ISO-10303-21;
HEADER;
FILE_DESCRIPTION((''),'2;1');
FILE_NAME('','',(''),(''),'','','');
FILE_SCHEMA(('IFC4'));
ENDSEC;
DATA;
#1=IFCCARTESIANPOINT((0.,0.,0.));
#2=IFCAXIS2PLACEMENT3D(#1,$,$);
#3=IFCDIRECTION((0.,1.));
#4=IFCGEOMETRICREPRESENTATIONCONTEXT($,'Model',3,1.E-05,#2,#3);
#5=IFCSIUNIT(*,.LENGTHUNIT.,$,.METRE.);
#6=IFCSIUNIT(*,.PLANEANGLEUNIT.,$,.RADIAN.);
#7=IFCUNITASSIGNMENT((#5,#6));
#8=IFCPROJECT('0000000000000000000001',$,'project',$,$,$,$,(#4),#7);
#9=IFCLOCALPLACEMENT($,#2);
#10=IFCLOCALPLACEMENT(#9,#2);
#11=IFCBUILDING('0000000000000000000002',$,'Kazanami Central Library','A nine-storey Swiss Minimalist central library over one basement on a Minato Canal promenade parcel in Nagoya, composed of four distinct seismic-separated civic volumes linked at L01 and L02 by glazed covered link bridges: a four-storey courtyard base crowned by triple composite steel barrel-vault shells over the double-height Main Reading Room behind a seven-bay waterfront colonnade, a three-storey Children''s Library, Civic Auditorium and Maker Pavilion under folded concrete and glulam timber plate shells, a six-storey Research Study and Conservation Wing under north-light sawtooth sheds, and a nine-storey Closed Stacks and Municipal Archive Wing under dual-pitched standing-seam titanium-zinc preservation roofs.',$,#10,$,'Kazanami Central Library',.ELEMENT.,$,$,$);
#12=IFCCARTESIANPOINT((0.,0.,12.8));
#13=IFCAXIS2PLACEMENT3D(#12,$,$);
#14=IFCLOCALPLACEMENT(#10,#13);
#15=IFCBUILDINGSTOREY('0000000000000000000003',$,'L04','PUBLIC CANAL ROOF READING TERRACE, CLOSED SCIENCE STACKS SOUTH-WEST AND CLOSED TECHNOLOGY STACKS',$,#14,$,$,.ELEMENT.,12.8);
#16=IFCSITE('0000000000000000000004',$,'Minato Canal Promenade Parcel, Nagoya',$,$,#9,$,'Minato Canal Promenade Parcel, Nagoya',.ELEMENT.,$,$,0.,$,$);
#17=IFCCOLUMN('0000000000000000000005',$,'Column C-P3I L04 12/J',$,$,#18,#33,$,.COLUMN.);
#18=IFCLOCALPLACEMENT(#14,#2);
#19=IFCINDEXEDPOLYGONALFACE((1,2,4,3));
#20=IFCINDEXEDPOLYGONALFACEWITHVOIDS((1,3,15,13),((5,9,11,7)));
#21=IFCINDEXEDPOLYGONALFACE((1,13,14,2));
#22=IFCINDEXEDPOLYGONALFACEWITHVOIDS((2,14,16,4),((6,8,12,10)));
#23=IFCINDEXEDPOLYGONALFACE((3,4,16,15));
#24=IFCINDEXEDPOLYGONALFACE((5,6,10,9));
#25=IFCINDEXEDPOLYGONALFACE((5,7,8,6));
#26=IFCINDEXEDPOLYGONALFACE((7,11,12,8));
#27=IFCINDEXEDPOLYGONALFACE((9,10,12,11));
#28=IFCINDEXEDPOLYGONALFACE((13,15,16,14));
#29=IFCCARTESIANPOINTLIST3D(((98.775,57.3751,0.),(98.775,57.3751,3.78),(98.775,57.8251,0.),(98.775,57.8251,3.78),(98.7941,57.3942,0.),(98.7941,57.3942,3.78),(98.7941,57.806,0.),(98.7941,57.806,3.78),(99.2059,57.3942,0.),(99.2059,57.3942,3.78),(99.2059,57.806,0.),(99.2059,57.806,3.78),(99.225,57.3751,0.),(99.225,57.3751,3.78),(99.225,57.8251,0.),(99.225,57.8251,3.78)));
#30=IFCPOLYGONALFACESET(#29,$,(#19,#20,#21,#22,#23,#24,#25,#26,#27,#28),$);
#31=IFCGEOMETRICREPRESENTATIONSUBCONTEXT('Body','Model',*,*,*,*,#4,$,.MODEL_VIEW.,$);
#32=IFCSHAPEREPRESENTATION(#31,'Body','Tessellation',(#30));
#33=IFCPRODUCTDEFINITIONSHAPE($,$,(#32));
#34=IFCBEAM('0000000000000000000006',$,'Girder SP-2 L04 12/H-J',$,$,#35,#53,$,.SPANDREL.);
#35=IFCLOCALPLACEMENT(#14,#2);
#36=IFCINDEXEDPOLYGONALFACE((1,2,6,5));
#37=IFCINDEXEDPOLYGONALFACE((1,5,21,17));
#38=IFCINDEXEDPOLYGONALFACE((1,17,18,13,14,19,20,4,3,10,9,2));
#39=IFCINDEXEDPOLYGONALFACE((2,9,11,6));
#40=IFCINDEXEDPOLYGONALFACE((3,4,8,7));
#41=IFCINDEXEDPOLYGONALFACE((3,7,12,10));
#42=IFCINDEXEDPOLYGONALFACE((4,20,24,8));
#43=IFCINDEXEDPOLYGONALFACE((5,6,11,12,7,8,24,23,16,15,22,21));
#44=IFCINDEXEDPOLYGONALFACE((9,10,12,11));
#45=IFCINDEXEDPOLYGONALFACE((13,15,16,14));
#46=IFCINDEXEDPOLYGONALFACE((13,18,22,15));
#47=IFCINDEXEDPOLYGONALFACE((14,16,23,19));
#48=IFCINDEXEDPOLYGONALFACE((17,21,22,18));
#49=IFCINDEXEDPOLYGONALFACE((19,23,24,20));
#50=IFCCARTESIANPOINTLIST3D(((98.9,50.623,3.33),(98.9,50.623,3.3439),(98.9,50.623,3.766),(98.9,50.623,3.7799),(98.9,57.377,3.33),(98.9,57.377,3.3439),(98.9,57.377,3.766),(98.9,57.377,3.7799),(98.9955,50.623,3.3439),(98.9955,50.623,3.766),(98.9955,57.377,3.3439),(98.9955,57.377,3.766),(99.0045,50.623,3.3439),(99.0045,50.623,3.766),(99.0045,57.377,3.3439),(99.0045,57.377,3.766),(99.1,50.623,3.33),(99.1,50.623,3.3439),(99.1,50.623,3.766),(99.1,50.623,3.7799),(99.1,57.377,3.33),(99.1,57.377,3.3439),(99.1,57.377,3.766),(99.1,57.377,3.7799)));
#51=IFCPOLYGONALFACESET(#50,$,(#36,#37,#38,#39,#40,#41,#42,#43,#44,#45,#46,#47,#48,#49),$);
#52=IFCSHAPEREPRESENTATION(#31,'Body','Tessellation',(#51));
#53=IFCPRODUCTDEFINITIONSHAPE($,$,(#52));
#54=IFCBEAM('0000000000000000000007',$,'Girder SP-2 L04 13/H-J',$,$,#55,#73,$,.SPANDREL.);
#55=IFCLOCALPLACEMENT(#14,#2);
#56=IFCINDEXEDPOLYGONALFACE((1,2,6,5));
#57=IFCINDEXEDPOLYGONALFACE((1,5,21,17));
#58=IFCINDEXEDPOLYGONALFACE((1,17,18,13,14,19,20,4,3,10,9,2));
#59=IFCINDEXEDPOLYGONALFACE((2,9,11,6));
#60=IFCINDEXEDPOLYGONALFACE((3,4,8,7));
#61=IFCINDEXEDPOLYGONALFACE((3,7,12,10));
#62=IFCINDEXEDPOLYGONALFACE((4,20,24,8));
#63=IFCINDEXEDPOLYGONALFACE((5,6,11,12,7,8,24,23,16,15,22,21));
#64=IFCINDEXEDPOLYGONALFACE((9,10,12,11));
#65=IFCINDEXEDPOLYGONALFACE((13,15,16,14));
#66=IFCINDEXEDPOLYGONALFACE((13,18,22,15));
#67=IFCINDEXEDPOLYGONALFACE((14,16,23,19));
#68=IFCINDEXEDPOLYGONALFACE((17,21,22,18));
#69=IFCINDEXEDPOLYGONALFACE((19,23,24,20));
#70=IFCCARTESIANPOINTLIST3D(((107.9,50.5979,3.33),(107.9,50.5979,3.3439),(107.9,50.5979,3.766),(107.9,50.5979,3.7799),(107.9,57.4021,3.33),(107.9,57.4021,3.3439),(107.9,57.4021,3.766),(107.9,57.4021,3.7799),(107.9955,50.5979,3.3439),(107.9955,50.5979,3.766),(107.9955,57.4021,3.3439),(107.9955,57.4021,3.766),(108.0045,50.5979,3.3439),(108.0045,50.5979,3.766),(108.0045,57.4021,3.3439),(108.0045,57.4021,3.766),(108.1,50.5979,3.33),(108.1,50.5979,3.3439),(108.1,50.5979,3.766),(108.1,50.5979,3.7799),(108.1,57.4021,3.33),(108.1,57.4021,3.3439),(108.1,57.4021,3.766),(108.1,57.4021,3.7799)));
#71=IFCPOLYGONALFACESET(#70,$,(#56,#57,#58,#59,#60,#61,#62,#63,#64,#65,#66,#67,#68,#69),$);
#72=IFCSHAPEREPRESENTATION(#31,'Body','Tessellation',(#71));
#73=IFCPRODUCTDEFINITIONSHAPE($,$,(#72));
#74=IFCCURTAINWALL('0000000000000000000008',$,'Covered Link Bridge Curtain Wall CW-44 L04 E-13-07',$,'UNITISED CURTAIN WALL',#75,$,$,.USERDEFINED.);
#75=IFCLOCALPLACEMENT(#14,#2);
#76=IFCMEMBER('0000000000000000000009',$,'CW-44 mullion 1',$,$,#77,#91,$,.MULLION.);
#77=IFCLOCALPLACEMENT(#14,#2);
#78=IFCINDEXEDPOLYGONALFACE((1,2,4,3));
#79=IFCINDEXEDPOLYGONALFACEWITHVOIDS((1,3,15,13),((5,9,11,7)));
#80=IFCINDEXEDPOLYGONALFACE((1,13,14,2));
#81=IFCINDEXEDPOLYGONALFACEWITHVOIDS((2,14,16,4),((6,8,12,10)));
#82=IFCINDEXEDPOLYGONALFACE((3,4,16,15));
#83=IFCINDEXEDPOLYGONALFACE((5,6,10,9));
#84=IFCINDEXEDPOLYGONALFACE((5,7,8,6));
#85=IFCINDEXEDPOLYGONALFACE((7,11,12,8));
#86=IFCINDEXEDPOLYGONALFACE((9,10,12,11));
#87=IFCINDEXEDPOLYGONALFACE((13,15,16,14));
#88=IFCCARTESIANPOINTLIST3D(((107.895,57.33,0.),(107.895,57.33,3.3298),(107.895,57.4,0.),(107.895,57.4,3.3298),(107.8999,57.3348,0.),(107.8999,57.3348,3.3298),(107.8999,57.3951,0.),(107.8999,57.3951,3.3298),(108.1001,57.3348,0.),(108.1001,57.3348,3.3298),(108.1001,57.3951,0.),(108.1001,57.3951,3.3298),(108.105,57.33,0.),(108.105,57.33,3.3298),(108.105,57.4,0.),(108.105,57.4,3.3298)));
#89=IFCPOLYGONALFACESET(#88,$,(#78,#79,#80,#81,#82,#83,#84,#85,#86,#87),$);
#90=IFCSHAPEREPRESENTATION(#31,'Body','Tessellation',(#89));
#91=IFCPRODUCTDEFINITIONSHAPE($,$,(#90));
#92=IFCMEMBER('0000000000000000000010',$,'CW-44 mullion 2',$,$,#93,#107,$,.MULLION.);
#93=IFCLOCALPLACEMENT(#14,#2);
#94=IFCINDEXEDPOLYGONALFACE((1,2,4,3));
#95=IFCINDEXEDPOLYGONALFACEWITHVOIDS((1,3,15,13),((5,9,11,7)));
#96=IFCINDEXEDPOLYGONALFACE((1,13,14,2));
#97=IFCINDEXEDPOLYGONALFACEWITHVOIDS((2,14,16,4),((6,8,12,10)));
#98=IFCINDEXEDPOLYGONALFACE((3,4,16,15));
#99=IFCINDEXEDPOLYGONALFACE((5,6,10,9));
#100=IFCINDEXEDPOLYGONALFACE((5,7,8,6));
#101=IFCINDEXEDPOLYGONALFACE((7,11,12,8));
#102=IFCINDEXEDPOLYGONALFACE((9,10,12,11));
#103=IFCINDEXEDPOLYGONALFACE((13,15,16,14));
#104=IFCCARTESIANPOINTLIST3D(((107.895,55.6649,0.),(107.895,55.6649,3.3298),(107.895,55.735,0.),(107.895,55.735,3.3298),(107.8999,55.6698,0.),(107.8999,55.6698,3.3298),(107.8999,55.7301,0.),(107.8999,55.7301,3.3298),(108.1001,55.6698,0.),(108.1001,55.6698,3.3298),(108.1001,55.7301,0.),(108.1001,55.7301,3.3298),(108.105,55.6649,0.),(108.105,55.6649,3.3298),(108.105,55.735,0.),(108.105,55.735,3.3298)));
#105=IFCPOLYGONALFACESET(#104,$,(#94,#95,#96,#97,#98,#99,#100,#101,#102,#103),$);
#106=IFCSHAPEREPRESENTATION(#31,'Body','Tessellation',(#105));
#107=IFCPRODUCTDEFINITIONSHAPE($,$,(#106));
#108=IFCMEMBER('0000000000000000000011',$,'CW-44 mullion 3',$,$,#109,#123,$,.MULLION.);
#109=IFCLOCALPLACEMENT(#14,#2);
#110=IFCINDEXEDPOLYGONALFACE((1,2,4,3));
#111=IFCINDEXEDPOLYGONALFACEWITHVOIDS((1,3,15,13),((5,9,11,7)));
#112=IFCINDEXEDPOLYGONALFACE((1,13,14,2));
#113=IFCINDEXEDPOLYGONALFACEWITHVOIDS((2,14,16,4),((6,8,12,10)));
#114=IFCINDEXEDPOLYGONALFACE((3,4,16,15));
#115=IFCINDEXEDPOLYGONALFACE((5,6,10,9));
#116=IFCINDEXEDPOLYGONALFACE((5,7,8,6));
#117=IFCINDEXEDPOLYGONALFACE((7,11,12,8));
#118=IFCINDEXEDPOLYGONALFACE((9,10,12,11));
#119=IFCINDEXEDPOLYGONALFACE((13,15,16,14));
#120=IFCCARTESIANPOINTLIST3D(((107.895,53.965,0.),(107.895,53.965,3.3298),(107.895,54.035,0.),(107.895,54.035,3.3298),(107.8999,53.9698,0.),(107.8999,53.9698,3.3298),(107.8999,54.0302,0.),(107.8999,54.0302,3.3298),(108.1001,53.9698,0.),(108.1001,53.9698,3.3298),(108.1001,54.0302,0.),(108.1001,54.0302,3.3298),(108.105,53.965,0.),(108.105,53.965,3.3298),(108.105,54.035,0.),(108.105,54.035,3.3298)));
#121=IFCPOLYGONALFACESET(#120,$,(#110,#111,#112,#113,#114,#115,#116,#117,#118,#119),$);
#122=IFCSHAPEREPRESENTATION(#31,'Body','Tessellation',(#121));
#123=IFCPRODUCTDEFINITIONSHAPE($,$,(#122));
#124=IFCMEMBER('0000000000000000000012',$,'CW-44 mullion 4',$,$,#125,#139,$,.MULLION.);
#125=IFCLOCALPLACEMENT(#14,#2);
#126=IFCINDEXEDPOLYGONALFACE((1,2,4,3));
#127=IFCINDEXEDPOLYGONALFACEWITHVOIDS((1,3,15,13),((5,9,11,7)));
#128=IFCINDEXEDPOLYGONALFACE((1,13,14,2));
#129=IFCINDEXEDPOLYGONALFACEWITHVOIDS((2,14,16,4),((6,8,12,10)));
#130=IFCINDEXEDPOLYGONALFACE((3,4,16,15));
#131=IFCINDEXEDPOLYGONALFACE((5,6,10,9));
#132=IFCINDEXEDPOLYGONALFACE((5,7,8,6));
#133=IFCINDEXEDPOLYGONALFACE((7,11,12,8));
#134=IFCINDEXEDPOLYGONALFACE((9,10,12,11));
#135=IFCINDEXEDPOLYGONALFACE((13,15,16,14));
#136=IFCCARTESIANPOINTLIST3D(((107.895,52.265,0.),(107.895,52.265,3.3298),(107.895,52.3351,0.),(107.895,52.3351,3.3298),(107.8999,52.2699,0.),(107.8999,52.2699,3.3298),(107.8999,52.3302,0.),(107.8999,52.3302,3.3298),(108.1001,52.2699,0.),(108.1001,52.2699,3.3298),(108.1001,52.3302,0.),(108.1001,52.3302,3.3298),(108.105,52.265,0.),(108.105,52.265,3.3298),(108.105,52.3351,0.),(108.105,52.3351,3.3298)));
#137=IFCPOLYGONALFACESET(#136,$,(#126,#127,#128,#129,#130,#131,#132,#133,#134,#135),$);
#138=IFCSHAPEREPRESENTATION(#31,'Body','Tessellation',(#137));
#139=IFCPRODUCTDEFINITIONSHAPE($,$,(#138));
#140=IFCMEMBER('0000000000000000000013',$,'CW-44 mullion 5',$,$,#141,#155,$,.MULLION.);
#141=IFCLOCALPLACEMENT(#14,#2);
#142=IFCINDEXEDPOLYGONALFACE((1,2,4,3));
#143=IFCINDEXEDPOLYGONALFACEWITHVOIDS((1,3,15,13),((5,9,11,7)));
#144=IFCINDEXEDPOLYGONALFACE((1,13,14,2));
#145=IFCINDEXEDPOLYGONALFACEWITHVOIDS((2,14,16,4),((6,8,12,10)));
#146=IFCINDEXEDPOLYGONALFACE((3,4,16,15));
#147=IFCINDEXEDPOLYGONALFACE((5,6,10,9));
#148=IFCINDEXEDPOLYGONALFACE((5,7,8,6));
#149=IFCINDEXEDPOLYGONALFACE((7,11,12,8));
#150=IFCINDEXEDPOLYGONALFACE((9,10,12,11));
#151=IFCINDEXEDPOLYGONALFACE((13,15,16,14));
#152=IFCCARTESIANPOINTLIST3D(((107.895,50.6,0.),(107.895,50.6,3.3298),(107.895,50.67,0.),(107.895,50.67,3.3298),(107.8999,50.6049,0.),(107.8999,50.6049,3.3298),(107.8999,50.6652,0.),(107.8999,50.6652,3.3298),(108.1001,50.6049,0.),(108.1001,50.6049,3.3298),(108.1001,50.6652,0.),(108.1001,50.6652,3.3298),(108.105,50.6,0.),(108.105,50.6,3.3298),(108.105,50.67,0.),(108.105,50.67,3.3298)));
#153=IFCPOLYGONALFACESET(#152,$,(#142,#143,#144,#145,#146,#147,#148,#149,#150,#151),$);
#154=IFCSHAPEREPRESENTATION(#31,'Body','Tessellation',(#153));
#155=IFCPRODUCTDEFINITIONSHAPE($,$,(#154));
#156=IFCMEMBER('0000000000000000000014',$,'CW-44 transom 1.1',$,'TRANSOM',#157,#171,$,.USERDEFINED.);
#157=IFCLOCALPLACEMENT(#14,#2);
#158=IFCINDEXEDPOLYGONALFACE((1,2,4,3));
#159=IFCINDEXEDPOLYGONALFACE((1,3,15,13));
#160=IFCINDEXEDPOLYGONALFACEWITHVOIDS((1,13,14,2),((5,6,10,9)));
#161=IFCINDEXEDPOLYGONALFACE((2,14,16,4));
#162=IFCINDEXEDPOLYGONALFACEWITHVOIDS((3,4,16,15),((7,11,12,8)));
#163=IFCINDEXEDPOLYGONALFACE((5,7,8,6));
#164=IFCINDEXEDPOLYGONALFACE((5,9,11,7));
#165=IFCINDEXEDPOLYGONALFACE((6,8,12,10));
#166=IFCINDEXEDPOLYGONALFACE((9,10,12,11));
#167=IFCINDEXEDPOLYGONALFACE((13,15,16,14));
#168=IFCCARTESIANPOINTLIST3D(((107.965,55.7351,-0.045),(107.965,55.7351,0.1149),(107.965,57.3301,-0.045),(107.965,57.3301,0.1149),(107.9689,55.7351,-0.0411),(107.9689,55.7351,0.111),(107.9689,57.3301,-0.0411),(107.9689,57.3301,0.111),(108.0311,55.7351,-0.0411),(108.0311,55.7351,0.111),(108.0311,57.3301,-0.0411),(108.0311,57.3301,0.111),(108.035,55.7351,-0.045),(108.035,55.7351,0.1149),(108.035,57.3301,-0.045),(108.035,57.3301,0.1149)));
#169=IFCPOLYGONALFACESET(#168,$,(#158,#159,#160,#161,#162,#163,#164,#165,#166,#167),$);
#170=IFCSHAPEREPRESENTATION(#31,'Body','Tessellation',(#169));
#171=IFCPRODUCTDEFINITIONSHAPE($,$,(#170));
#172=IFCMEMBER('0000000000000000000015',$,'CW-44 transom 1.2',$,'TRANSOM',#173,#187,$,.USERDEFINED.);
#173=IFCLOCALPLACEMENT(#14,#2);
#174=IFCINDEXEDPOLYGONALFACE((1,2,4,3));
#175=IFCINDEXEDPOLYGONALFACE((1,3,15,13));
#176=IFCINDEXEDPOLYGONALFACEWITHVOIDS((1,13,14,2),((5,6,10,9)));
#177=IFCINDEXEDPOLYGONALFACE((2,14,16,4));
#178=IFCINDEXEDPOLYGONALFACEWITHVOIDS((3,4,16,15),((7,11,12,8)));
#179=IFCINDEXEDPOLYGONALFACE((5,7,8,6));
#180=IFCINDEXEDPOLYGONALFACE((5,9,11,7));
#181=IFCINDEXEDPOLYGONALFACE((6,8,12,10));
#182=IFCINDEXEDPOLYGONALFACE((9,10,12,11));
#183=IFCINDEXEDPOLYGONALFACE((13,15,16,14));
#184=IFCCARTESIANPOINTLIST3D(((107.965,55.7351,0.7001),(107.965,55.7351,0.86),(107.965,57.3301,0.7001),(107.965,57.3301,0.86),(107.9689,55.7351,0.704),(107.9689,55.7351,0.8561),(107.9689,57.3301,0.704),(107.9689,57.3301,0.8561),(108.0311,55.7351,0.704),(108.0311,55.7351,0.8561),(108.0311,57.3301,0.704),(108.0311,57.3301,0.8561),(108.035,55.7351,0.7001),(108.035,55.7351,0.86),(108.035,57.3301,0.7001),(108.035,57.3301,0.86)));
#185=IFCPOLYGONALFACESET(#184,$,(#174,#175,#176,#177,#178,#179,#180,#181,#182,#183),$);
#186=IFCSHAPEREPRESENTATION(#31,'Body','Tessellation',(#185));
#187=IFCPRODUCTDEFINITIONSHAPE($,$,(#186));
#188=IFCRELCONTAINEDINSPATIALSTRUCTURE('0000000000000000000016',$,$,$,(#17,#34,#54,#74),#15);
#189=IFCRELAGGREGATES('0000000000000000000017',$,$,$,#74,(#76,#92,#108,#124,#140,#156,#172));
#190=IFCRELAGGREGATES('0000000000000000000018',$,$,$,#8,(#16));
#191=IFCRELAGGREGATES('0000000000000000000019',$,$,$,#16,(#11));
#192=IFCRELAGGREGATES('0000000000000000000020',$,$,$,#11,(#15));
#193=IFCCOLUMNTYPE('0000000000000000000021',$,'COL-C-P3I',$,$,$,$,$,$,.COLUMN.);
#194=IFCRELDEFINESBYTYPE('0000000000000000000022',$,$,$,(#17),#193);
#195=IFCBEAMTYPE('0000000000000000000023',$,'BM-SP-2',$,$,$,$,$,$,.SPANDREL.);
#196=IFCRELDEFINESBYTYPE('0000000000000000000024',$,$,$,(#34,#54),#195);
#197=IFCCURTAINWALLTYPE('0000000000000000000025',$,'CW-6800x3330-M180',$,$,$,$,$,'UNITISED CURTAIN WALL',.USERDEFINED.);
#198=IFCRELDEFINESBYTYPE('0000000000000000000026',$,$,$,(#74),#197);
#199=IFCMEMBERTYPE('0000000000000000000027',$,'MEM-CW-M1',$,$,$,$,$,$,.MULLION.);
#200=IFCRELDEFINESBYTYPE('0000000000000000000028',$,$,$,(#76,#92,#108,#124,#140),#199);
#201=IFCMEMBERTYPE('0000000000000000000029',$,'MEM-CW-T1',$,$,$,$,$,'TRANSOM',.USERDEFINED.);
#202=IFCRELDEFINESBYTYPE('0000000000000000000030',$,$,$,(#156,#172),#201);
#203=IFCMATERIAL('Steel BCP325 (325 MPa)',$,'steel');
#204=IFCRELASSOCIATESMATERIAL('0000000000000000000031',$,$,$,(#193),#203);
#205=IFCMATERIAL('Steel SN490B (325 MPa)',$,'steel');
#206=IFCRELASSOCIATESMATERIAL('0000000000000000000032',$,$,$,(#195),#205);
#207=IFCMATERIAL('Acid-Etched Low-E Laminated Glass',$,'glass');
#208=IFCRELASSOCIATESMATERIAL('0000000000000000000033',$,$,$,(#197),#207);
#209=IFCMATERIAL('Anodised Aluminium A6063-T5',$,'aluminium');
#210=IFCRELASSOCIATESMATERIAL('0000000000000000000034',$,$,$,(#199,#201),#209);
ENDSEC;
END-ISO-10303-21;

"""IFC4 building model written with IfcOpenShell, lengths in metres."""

from ifc_helpers import new_model, si_unit, direction, frame, origin, origin_2d, place, context, subcontext, project, spatial, hollow_rectangle, i_section, extrude, material, material_profile, profile_set, type_object, element, aggregate, save


model = new_model("IFC4")

# Units and contexts
model_context = context("Model", 3, precision=1e-05, world=origin(), true_north=direction((0.0, 1.0)))
body_context = subcontext(model_context, "Body", "Model", "MODEL_VIEW")
ifc_project = project(units=[si_unit("LENGTHUNIT", "METRE"), si_unit("PLANEANGLEUNIT", "RADIAN")], contexts=[model_context])

# Site, building, storey
site_placement = place(None, origin())
site = spatial("IfcSite", under=ifc_project, at=site_placement, Name="Minato Canal Promenade Parcel, Nagoya", LongName="Minato Canal Promenade Parcel, Nagoya", CompositionType="ELEMENT", RefElevation=0.0)
building_placement = place(site_placement, origin())
building = spatial("IfcBuilding", under=site, at=building_placement, Name="Kazanami Central Library", Description="A nine-storey Swiss Minimalist central library over one basement on a Minato Canal promenade parcel in Nagoya, composed of four distinct seismic-separated civic volumes linked at L01 and L02 by glazed covered link bridges: a four-storey courtyard base crowned by triple composite steel barrel-vault shells over the double-height Main Reading Room behind a seven-bay waterfront colonnade, a three-storey Children's Library, Civic Auditorium and Maker Pavilion under folded concrete and glulam timber plate shells, a six-storey Research Study and Conservation Wing under north-light sawtooth sheds, and a nine-storey Closed Stacks and Municipal Archive Wing under dual-pitched standing-seam titanium-zinc preservation roofs.", LongName="Kazanami Central Library", CompositionType="ELEMENT")
storey_placement = place(building_placement, frame((0.0, 0.0, 12.8)))
storey = spatial("IfcBuildingStorey", under=building, at=storey_placement, Name="L04", Description="PUBLIC CANAL ROOF READING TERRACE, CLOSED SCIENCE STACKS SOUTH-WEST AND CLOSED TECHNOLOGY STACKS", CompositionType="ELEMENT", Elevation=12.8)

# Column
ifc_material_1 = material(Name="Steel BCP325 (325 MPa)", Category="steel")
ifc_material_profile_1 = material_profile(ifc_material_1, hollow_rectangle(XDim=0.45, YDim=0.45, WallThickness=0.019, at=origin_2d()), Name="BCP-450x450x19")
ifc_profile_set_1 = profile_set([ifc_material_profile_1], Name="Steel BCP325 (325 MPa)")
column_type = type_object("IfcColumnType", Name="COL-C-P3I", PredefinedType="COLUMN", material=ifc_profile_set_1)
column_placement = place(storey_placement, frame((99.0, 57.6001, 0.0), z_axis=(0.0, 0.0, 1.0), x_axis=(1.0, 0.0, 0.0)))
element("IfcColumn", 1, at=column_placement, inside=storey, type_object=column_type, Name="Column C-P3I L04 12/J", PredefinedType="COLUMN", context=body_context, shape_type="SweptSolid", body=[
    extrude(hollow_rectangle(XDim=0.45, YDim=0.45, WallThickness=0.019, at=origin_2d()), origin(), (0.0, 0.0, 1.0), 3.78),
])

# Beams
ifc_material_2 = material(Name="Steel SN490B (325 MPa)", Category="steel")
ifc_material_profile_2 = material_profile(ifc_material_2, i_section(OverallWidth=0.2, OverallDepth=0.45, WebThickness=0.009, FlangeThickness=0.0139, at=origin_2d()), Name="H-450x200x9x14")
ifc_profile_set_2 = profile_set([ifc_material_profile_2], Name="Steel SN490B (325 MPa)")
beam_type = type_object("IfcBeamType", Name="BM-SP-2", PredefinedType="SPANDREL", material=ifc_profile_set_2)
beam_1_placement = place(storey_placement, frame((99.0, 50.623, 3.5549), z_axis=(0.0, 1.0, 0.0), x_axis=(-1.0, 0.0, 0.0)))
element("IfcBeam", 2, at=beam_1_placement, inside=storey, type_object=beam_type, Name="Girder SP-2 L04 12/H-J", PredefinedType="SPANDREL", context=body_context, shape_type="SweptSolid", body=[
    extrude(i_section(OverallWidth=0.2, OverallDepth=0.45, WebThickness=0.009, FlangeThickness=0.0139, at=origin_2d()), origin(), (0.0, 0.0, 1.0), 6.7539),
])
beam_2_placement = place(storey_placement, frame((108.0, 50.5979, 3.5549), z_axis=(0.0, 1.0, 0.0), x_axis=(-1.0, 0.0, 0.0)))
element("IfcBeam", 3, at=beam_2_placement, inside=storey, type_object=beam_type, Name="Girder SP-2 L04 13/H-J", PredefinedType="SPANDREL", context=body_context, shape_type="SweptSolid", body=[
    extrude(i_section(OverallWidth=0.2, OverallDepth=0.45, WebThickness=0.009, FlangeThickness=0.0139, at=origin_2d()), origin(), (0.0, 0.0, 1.0), 6.8042),
])

# Curtain wall, members
ifc_material_3 = material(Name="Acid-Etched Low-E Laminated Glass", Category="glass")
curtain_wall_type = type_object("IfcCurtainWallType", Name="CW-6800x3330-M180", ElementType="UNITISED CURTAIN WALL", PredefinedType="USERDEFINED", material=ifc_material_3)
curtain_wall_placement = place(storey_placement, origin())
curtain_wall = element("IfcCurtainWall", 4, at=curtain_wall_placement, inside=storey, type_object=curtain_wall_type, Name="Covered Link Bridge Curtain Wall CW-44 L04 E-13-07", ObjectType="UNITISED CURTAIN WALL", PredefinedType="USERDEFINED")
ifc_material_4 = material(Name="Anodised Aluminium A6063-T5", Category="aluminium")
ifc_material_profile_3 = material_profile(ifc_material_4, hollow_rectangle(XDim=0.0701, YDim=0.21, WallThickness=0.0049, at=origin_2d()), Name="ALU-MULL-70x210x5")
ifc_profile_set_3 = profile_set([ifc_material_profile_3], Name="Anodised Aluminium A6063-T5")
member_type_1 = type_object("IfcMemberType", Name="MEM-CW-M1", PredefinedType="MULLION", material=ifc_profile_set_3)
member_1_placement = place(storey_placement, frame((108.0, 57.365, 0.0), z_axis=(0.0, 0.0, 1.0), x_axis=(0.0, -1.0, 0.0)))
member_1 = element("IfcMember", 5, at=member_1_placement, type_object=member_type_1, Name="CW-44 mullion 1", PredefinedType="MULLION", context=body_context, shape_type="SweptSolid", body=[
    extrude(hollow_rectangle(XDim=0.0701, YDim=0.21, WallThickness=0.0049, at=origin_2d()), origin(), (0.0, 0.0, 1.0), 3.3298),
])
member_2_placement = place(storey_placement, frame((108.0, 55.7, 0.0), z_axis=(0.0, 0.0, 1.0), x_axis=(0.0, -1.0, 0.0)))
member_2 = element("IfcMember", 6, at=member_2_placement, type_object=member_type_1, Name="CW-44 mullion 2", PredefinedType="MULLION", context=body_context, shape_type="SweptSolid", body=[
    extrude(hollow_rectangle(XDim=0.0701, YDim=0.21, WallThickness=0.0049, at=origin_2d()), origin(), (0.0, 0.0, 1.0), 3.3298),
])
member_3_placement = place(storey_placement, frame((108.0, 54.0, 0.0), z_axis=(0.0, 0.0, 1.0), x_axis=(0.0, -1.0, 0.0)))
member_3 = element("IfcMember", 7, at=member_3_placement, type_object=member_type_1, Name="CW-44 mullion 3", PredefinedType="MULLION", context=body_context, shape_type="SweptSolid", body=[
    extrude(hollow_rectangle(XDim=0.0701, YDim=0.21, WallThickness=0.0049, at=origin_2d()), origin(), (0.0, 0.0, 1.0), 3.3298),
])
member_4_placement = place(storey_placement, frame((108.0, 52.3, 0.0), z_axis=(0.0, 0.0, 1.0), x_axis=(0.0, -1.0, 0.0)))
member_4 = element("IfcMember", 8, at=member_4_placement, type_object=member_type_1, Name="CW-44 mullion 4", PredefinedType="MULLION", context=body_context, shape_type="SweptSolid", body=[
    extrude(hollow_rectangle(XDim=0.0701, YDim=0.21, WallThickness=0.0049, at=origin_2d()), origin(), (0.0, 0.0, 1.0), 3.3298),
])
member_5_placement = place(storey_placement, frame((108.0, 50.635, 0.0), z_axis=(0.0, 0.0, 1.0), x_axis=(0.0, -1.0, 0.0)))
member_5 = element("IfcMember", 9, at=member_5_placement, type_object=member_type_1, Name="CW-44 mullion 5", PredefinedType="MULLION", context=body_context, shape_type="SweptSolid", body=[
    extrude(hollow_rectangle(XDim=0.0701, YDim=0.21, WallThickness=0.0049, at=origin_2d()), origin(), (0.0, 0.0, 1.0), 3.3298),
])
ifc_material_profile_4 = material_profile(ifc_material_4, hollow_rectangle(XDim=0.0701, YDim=0.1599, WallThickness=0.0039, at=origin_2d()), Name="ALU-TRAN-70x160x4")
ifc_profile_set_4 = profile_set([ifc_material_profile_4], Name="Anodised Aluminium A6063-T5")
member_type_2 = type_object("IfcMemberType", Name="MEM-CW-T1", ElementType="TRANSOM", PredefinedType="USERDEFINED", material=ifc_profile_set_4)
member_6_placement = place(storey_placement, frame((108.0, 57.3301, 0.0349), z_axis=(0.0, -1.0, 0.0), x_axis=(1.0, 0.0, 0.0)))
member_6 = element("IfcMember", 10, at=member_6_placement, type_object=member_type_2, Name="CW-44 transom 1.1", ObjectType="TRANSOM", PredefinedType="USERDEFINED", context=body_context, shape_type="SweptSolid", body=[
    extrude(hollow_rectangle(XDim=0.0701, YDim=0.1599, WallThickness=0.0039, at=origin_2d()), origin(), (0.0, 0.0, 1.0), 1.595),
])
member_7_placement = place(storey_placement, frame((108.0, 57.3301, 0.78), z_axis=(0.0, -1.0, 0.0), x_axis=(1.0, 0.0, 0.0)))
member_7 = element("IfcMember", 11, at=member_7_placement, type_object=member_type_2, Name="CW-44 transom 1.2", ObjectType="TRANSOM", PredefinedType="USERDEFINED", context=body_context, shape_type="SweptSolid", body=[
    extrude(hollow_rectangle(XDim=0.0701, YDim=0.1599, WallThickness=0.0039, at=origin_2d()), origin(), (0.0, 0.0, 1.0), 1.595),
])
aggregate(curtain_wall, [member_1, member_2, member_3, member_4, member_5, member_6, member_7])

save(model, "model.ifc")
